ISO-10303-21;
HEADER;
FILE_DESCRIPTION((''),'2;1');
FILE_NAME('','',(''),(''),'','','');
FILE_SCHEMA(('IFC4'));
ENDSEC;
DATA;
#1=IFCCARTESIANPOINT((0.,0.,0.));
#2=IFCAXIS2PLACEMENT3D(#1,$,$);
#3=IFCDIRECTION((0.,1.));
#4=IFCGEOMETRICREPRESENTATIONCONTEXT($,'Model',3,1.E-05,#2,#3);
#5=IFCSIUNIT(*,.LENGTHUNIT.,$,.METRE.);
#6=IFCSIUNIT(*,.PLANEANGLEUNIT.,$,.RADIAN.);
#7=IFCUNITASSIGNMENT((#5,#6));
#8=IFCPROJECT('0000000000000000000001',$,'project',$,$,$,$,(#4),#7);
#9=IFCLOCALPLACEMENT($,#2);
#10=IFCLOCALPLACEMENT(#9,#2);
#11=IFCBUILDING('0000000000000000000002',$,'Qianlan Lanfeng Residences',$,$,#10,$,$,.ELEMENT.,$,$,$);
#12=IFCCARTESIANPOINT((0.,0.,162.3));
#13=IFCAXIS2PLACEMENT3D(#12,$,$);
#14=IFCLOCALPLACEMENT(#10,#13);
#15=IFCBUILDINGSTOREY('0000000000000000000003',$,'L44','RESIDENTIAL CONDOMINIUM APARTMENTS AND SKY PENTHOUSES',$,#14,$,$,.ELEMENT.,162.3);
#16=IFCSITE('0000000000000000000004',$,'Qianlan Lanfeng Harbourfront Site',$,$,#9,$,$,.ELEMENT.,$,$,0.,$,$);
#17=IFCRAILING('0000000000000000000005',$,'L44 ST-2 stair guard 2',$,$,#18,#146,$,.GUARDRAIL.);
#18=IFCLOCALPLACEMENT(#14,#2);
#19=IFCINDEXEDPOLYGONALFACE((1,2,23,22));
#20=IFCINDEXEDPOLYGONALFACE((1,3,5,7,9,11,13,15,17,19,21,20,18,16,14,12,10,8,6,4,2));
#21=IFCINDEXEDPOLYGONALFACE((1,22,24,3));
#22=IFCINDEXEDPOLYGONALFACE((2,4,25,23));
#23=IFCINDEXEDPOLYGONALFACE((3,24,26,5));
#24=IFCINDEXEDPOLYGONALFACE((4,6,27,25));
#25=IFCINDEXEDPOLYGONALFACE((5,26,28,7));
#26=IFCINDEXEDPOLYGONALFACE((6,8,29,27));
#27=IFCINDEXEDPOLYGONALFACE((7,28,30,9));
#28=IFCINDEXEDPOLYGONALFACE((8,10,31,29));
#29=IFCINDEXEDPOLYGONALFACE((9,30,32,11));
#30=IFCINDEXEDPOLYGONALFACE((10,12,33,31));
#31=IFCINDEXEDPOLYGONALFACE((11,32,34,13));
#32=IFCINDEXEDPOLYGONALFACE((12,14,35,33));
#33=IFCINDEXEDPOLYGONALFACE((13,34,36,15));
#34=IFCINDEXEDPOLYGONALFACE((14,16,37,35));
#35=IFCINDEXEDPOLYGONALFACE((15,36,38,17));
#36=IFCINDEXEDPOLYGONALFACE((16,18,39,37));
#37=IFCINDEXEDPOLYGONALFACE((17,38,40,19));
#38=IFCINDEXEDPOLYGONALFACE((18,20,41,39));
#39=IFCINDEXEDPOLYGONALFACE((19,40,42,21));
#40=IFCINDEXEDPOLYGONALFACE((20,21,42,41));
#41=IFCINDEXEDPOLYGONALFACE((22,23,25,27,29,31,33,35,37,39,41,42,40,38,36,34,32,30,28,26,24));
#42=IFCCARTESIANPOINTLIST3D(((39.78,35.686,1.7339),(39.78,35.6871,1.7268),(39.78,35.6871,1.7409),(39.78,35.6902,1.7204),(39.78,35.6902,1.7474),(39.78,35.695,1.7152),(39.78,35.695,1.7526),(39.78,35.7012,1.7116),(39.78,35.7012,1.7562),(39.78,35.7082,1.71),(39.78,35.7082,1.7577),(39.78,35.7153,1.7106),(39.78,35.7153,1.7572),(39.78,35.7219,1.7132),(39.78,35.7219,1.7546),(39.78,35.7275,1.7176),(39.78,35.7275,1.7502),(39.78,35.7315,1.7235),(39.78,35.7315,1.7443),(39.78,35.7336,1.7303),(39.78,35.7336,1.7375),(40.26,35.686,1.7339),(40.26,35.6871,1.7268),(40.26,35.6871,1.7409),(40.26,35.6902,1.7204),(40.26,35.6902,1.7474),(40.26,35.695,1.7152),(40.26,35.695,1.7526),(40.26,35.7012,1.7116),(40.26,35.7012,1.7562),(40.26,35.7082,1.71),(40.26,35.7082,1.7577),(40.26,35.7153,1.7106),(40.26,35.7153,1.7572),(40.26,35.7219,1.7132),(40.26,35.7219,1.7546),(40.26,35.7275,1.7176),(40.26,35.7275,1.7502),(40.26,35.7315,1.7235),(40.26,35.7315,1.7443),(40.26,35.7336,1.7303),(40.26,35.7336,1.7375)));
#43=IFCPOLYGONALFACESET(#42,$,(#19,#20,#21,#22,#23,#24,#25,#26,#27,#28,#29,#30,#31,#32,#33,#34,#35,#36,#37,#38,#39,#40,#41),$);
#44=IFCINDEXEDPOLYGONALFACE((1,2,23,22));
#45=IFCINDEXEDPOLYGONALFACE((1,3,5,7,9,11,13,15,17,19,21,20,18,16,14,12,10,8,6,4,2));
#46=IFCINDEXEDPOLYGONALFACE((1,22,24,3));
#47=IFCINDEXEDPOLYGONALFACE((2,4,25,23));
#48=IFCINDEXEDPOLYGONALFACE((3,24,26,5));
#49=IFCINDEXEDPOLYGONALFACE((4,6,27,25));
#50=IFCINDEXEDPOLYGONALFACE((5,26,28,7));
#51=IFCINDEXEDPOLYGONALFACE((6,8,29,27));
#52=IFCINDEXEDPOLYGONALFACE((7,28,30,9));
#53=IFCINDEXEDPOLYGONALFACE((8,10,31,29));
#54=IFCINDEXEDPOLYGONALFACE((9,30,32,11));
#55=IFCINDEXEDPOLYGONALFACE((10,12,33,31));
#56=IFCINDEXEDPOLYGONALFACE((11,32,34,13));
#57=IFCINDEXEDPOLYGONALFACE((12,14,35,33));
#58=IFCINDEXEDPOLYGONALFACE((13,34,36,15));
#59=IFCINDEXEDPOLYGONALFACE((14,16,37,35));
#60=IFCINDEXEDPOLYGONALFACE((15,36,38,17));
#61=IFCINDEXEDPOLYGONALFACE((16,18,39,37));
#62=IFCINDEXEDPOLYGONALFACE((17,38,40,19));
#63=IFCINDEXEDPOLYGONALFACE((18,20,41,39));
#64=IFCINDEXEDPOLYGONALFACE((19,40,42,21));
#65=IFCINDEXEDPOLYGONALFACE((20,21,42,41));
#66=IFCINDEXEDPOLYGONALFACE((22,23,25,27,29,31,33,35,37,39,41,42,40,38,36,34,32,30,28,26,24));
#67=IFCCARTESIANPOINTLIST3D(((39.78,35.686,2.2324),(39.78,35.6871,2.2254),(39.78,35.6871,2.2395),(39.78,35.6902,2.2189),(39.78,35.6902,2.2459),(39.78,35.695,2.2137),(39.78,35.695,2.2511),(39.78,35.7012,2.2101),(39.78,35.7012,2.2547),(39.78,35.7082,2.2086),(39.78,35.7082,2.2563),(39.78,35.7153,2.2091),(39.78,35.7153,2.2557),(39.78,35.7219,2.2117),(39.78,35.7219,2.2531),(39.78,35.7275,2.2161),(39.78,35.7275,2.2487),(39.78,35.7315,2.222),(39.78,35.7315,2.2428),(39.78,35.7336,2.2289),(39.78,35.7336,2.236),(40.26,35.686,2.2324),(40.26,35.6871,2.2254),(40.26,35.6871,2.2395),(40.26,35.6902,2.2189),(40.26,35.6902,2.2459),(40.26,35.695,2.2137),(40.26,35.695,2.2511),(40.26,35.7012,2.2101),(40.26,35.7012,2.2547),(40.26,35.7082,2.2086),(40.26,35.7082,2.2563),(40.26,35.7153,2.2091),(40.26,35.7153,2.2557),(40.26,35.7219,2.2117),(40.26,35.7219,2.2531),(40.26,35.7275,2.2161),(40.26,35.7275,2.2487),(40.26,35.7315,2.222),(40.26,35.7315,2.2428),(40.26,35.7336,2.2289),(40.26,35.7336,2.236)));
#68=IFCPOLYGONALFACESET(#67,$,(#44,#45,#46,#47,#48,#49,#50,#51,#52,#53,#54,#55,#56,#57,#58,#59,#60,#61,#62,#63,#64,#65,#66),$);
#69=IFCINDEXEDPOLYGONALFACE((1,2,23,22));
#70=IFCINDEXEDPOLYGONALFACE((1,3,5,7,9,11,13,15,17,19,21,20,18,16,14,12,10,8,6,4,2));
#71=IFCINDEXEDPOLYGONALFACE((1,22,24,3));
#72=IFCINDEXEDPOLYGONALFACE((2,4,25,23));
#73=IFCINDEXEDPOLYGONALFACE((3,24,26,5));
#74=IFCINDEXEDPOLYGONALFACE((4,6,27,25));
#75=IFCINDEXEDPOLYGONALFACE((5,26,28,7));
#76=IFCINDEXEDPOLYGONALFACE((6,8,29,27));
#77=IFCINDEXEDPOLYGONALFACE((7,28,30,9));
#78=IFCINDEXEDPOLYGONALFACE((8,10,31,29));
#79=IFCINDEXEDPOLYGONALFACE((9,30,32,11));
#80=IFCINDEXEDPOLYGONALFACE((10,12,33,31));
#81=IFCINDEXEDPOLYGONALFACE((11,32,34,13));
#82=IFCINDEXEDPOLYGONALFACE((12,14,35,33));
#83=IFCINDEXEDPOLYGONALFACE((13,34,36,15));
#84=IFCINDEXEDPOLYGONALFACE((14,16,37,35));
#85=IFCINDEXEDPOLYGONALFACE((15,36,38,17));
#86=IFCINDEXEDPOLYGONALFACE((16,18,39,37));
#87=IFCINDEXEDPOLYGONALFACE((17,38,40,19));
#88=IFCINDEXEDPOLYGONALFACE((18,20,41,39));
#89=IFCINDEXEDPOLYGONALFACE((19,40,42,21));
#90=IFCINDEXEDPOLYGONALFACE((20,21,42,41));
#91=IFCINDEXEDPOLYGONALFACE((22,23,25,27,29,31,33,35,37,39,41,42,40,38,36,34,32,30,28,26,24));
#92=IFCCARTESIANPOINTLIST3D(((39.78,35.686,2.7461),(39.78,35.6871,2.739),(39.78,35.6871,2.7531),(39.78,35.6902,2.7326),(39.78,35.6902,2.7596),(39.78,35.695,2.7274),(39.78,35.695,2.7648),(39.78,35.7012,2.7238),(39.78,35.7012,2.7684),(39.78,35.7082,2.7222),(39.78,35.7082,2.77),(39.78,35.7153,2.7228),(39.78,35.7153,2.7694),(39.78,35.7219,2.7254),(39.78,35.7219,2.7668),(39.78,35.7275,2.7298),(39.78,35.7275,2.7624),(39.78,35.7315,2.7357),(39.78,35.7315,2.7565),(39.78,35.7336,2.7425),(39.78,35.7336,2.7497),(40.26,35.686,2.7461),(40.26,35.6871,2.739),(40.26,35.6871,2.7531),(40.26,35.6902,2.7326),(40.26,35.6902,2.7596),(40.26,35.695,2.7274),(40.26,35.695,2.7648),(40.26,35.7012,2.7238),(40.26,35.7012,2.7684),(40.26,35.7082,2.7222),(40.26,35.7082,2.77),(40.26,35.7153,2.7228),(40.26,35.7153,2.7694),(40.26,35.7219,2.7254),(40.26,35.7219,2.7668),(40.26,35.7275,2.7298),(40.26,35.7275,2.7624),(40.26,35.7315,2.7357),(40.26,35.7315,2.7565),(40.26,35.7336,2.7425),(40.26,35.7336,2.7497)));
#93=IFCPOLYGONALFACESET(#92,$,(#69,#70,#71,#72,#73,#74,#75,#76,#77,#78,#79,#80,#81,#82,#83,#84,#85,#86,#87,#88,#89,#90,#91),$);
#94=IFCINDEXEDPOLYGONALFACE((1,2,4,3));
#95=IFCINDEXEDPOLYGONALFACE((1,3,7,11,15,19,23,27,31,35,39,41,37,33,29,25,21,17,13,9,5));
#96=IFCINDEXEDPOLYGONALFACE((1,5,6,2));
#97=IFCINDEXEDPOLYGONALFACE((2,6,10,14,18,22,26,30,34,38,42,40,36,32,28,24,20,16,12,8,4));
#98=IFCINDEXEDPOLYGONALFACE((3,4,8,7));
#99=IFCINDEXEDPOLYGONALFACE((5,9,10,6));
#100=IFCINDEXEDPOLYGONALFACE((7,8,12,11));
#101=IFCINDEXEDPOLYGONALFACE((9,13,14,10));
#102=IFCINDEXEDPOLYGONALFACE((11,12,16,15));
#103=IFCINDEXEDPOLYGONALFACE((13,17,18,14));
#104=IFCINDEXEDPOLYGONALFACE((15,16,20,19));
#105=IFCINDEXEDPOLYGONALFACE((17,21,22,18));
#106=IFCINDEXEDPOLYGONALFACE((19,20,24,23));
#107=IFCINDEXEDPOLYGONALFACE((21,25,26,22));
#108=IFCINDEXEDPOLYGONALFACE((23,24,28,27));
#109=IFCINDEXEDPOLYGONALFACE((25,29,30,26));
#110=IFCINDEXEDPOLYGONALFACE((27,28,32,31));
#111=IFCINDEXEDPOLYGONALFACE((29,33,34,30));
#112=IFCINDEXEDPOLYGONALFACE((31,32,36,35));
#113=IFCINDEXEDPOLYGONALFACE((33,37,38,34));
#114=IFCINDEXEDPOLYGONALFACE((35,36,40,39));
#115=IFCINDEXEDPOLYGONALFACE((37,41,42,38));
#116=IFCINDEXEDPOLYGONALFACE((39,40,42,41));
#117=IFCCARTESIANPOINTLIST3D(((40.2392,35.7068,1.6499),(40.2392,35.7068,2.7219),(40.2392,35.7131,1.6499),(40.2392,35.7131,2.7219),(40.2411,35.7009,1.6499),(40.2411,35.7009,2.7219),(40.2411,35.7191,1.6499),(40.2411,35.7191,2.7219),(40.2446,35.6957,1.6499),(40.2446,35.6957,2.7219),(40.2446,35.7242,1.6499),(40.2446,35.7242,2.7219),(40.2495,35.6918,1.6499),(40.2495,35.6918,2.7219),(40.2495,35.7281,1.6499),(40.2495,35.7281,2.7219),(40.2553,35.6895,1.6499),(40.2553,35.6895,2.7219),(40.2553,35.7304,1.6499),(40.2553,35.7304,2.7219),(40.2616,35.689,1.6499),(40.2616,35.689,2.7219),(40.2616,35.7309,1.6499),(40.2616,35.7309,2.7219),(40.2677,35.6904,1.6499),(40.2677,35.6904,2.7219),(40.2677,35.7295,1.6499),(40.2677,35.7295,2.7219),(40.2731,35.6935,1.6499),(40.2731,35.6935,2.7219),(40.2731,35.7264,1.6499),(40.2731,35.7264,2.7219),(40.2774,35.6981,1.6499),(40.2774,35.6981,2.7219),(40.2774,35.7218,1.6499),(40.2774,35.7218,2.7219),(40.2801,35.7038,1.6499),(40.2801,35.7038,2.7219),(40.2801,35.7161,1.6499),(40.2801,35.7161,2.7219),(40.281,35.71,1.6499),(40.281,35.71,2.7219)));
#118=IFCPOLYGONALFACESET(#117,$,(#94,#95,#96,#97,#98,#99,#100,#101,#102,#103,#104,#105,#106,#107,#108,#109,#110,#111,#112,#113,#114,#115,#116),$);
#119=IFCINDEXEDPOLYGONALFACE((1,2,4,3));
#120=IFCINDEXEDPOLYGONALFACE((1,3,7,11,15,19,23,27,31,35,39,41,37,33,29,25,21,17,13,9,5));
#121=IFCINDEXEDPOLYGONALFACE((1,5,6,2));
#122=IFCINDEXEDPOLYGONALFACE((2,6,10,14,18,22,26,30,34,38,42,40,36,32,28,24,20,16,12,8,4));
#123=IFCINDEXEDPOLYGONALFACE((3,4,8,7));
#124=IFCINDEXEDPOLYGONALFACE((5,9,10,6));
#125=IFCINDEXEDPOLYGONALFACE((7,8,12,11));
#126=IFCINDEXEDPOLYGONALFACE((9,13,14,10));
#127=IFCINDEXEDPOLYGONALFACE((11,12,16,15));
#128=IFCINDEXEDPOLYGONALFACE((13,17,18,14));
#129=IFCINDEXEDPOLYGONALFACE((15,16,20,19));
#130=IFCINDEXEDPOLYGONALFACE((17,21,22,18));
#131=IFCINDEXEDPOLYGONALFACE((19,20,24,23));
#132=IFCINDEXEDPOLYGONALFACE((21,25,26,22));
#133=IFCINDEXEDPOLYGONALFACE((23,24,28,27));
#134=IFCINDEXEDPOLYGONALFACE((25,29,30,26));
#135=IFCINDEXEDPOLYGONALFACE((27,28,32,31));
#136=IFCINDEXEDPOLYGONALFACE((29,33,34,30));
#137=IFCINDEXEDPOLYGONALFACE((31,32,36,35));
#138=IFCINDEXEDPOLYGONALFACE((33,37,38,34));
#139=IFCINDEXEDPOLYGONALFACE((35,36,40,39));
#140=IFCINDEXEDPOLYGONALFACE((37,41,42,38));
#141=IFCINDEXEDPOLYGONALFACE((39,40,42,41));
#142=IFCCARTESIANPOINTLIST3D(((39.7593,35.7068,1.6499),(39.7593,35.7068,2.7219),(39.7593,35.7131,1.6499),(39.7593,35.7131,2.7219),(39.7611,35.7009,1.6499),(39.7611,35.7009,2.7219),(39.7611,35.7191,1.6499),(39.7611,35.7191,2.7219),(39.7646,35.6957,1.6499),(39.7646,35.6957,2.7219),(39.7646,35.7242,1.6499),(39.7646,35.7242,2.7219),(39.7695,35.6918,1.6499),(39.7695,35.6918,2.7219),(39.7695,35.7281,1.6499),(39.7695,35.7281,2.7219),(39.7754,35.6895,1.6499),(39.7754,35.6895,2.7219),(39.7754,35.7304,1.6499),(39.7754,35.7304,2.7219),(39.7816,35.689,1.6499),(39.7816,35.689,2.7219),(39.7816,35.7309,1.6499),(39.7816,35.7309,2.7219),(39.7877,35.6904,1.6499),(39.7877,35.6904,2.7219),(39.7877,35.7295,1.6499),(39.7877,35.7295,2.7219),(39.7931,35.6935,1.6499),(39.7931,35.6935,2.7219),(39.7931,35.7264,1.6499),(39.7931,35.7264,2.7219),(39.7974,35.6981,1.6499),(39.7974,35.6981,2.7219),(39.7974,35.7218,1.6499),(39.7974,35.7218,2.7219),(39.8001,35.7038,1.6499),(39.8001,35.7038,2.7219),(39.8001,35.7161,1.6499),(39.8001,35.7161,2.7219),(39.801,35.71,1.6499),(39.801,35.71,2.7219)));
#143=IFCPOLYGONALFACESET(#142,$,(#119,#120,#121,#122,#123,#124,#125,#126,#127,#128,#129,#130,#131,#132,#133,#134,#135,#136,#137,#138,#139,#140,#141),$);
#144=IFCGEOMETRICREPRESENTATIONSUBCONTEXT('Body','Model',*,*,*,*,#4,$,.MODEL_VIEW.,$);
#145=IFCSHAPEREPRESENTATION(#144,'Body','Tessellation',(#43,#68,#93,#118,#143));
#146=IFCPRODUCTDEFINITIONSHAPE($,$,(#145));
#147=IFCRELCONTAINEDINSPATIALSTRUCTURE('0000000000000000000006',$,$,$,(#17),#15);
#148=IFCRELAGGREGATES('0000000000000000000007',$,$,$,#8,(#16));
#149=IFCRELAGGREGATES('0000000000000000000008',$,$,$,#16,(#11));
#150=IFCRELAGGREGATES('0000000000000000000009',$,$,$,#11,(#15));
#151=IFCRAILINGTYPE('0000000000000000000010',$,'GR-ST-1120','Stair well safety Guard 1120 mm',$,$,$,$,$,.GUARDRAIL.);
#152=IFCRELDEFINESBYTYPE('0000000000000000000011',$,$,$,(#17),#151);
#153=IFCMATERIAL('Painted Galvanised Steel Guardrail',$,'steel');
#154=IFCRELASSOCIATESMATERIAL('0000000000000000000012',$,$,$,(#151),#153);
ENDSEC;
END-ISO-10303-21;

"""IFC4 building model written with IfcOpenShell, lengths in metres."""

from ifc_helpers import new_model, si_unit, direction, frame, origin, origin_2d, place, context, subcontext, project, spatial, circle, extrude, material, type_object, element, save


model = new_model("IFC4")

# Units and contexts
model_context = context("Model", 3, precision=1e-05, world=origin(), true_north=direction((0.0, 1.0)))
body_context = subcontext(model_context, "Body", "Model", "MODEL_VIEW")
ifc_project = project(units=[si_unit("LENGTHUNIT", "METRE"), si_unit("PLANEANGLEUNIT", "RADIAN")], contexts=[model_context])

# Site, building, storey
site_placement = place(None, origin())
site = spatial("IfcSite", under=ifc_project, at=site_placement, Name="Qianlan Lanfeng Harbourfront Site", CompositionType="ELEMENT", RefElevation=0.0)
building_placement = place(site_placement, origin())
building = spatial("IfcBuilding", under=site, at=building_placement, Name="Qianlan Lanfeng Residences", CompositionType="ELEMENT")
storey_placement = place(building_placement, frame((0.0, 0.0, 162.3)))
storey = spatial("IfcBuildingStorey", under=building, at=storey_placement, Name="L44", Description="RESIDENTIAL CONDOMINIUM APARTMENTS AND SKY PENTHOUSES", CompositionType="ELEMENT", Elevation=162.3)

# Railing
ifc_material_1 = material(Name="Painted Galvanised Steel Guardrail", Category="steel")
railing_type_1 = type_object("IfcRailingType", Name="GR-ST-1120", Description="Stair well safety Guard 1120 mm", PredefinedType="GUARDRAIL", material=ifc_material_1)
railing_1_placement = place(storey_placement, frame((40.26, 35.71, 1.6499)))
element("IfcRailing", 1, at=railing_1_placement, inside=storey, type_object=railing_type_1, Name="L44 ST-2 stair guard 2", PredefinedType="GUARDRAIL", context=body_context, shape_type="SweptSolid", body=[
    extrude(circle(Radius=0.0239, at=origin_2d()), frame((0.0, 0.0, 0.084), z_axis=(-1.0, 0.0, 0.0), x_axis=(0.0, -1.0, 0.0)), (0.0, 0.0, 1.0), 0.48),
    extrude(circle(Radius=0.0239, at=origin_2d()), frame((0.0, 0.0, 0.5825), z_axis=(-1.0, 0.0, 0.0), x_axis=(0.0, -1.0, 0.0)), (0.0, 0.0, 1.0), 0.48),
    extrude(circle(Radius=0.0239, at=origin_2d()), frame((0.0, 0.0, 1.0962), z_axis=(-1.0, 0.0, 0.0), x_axis=(0.0, -1.0, 0.0)), (0.0, 0.0, 1.0), 0.48),
    extrude(circle(Radius=0.021, at=origin_2d()), origin(), (0.0, 0.0, 1.0), 1.072),
    extrude(circle(Radius=0.021, at=origin_2d()), frame((-0.48, 0.0, 0.0)), (0.0, 0.0, 1.0), 1.072),
])

save(model, "model.ifc")
